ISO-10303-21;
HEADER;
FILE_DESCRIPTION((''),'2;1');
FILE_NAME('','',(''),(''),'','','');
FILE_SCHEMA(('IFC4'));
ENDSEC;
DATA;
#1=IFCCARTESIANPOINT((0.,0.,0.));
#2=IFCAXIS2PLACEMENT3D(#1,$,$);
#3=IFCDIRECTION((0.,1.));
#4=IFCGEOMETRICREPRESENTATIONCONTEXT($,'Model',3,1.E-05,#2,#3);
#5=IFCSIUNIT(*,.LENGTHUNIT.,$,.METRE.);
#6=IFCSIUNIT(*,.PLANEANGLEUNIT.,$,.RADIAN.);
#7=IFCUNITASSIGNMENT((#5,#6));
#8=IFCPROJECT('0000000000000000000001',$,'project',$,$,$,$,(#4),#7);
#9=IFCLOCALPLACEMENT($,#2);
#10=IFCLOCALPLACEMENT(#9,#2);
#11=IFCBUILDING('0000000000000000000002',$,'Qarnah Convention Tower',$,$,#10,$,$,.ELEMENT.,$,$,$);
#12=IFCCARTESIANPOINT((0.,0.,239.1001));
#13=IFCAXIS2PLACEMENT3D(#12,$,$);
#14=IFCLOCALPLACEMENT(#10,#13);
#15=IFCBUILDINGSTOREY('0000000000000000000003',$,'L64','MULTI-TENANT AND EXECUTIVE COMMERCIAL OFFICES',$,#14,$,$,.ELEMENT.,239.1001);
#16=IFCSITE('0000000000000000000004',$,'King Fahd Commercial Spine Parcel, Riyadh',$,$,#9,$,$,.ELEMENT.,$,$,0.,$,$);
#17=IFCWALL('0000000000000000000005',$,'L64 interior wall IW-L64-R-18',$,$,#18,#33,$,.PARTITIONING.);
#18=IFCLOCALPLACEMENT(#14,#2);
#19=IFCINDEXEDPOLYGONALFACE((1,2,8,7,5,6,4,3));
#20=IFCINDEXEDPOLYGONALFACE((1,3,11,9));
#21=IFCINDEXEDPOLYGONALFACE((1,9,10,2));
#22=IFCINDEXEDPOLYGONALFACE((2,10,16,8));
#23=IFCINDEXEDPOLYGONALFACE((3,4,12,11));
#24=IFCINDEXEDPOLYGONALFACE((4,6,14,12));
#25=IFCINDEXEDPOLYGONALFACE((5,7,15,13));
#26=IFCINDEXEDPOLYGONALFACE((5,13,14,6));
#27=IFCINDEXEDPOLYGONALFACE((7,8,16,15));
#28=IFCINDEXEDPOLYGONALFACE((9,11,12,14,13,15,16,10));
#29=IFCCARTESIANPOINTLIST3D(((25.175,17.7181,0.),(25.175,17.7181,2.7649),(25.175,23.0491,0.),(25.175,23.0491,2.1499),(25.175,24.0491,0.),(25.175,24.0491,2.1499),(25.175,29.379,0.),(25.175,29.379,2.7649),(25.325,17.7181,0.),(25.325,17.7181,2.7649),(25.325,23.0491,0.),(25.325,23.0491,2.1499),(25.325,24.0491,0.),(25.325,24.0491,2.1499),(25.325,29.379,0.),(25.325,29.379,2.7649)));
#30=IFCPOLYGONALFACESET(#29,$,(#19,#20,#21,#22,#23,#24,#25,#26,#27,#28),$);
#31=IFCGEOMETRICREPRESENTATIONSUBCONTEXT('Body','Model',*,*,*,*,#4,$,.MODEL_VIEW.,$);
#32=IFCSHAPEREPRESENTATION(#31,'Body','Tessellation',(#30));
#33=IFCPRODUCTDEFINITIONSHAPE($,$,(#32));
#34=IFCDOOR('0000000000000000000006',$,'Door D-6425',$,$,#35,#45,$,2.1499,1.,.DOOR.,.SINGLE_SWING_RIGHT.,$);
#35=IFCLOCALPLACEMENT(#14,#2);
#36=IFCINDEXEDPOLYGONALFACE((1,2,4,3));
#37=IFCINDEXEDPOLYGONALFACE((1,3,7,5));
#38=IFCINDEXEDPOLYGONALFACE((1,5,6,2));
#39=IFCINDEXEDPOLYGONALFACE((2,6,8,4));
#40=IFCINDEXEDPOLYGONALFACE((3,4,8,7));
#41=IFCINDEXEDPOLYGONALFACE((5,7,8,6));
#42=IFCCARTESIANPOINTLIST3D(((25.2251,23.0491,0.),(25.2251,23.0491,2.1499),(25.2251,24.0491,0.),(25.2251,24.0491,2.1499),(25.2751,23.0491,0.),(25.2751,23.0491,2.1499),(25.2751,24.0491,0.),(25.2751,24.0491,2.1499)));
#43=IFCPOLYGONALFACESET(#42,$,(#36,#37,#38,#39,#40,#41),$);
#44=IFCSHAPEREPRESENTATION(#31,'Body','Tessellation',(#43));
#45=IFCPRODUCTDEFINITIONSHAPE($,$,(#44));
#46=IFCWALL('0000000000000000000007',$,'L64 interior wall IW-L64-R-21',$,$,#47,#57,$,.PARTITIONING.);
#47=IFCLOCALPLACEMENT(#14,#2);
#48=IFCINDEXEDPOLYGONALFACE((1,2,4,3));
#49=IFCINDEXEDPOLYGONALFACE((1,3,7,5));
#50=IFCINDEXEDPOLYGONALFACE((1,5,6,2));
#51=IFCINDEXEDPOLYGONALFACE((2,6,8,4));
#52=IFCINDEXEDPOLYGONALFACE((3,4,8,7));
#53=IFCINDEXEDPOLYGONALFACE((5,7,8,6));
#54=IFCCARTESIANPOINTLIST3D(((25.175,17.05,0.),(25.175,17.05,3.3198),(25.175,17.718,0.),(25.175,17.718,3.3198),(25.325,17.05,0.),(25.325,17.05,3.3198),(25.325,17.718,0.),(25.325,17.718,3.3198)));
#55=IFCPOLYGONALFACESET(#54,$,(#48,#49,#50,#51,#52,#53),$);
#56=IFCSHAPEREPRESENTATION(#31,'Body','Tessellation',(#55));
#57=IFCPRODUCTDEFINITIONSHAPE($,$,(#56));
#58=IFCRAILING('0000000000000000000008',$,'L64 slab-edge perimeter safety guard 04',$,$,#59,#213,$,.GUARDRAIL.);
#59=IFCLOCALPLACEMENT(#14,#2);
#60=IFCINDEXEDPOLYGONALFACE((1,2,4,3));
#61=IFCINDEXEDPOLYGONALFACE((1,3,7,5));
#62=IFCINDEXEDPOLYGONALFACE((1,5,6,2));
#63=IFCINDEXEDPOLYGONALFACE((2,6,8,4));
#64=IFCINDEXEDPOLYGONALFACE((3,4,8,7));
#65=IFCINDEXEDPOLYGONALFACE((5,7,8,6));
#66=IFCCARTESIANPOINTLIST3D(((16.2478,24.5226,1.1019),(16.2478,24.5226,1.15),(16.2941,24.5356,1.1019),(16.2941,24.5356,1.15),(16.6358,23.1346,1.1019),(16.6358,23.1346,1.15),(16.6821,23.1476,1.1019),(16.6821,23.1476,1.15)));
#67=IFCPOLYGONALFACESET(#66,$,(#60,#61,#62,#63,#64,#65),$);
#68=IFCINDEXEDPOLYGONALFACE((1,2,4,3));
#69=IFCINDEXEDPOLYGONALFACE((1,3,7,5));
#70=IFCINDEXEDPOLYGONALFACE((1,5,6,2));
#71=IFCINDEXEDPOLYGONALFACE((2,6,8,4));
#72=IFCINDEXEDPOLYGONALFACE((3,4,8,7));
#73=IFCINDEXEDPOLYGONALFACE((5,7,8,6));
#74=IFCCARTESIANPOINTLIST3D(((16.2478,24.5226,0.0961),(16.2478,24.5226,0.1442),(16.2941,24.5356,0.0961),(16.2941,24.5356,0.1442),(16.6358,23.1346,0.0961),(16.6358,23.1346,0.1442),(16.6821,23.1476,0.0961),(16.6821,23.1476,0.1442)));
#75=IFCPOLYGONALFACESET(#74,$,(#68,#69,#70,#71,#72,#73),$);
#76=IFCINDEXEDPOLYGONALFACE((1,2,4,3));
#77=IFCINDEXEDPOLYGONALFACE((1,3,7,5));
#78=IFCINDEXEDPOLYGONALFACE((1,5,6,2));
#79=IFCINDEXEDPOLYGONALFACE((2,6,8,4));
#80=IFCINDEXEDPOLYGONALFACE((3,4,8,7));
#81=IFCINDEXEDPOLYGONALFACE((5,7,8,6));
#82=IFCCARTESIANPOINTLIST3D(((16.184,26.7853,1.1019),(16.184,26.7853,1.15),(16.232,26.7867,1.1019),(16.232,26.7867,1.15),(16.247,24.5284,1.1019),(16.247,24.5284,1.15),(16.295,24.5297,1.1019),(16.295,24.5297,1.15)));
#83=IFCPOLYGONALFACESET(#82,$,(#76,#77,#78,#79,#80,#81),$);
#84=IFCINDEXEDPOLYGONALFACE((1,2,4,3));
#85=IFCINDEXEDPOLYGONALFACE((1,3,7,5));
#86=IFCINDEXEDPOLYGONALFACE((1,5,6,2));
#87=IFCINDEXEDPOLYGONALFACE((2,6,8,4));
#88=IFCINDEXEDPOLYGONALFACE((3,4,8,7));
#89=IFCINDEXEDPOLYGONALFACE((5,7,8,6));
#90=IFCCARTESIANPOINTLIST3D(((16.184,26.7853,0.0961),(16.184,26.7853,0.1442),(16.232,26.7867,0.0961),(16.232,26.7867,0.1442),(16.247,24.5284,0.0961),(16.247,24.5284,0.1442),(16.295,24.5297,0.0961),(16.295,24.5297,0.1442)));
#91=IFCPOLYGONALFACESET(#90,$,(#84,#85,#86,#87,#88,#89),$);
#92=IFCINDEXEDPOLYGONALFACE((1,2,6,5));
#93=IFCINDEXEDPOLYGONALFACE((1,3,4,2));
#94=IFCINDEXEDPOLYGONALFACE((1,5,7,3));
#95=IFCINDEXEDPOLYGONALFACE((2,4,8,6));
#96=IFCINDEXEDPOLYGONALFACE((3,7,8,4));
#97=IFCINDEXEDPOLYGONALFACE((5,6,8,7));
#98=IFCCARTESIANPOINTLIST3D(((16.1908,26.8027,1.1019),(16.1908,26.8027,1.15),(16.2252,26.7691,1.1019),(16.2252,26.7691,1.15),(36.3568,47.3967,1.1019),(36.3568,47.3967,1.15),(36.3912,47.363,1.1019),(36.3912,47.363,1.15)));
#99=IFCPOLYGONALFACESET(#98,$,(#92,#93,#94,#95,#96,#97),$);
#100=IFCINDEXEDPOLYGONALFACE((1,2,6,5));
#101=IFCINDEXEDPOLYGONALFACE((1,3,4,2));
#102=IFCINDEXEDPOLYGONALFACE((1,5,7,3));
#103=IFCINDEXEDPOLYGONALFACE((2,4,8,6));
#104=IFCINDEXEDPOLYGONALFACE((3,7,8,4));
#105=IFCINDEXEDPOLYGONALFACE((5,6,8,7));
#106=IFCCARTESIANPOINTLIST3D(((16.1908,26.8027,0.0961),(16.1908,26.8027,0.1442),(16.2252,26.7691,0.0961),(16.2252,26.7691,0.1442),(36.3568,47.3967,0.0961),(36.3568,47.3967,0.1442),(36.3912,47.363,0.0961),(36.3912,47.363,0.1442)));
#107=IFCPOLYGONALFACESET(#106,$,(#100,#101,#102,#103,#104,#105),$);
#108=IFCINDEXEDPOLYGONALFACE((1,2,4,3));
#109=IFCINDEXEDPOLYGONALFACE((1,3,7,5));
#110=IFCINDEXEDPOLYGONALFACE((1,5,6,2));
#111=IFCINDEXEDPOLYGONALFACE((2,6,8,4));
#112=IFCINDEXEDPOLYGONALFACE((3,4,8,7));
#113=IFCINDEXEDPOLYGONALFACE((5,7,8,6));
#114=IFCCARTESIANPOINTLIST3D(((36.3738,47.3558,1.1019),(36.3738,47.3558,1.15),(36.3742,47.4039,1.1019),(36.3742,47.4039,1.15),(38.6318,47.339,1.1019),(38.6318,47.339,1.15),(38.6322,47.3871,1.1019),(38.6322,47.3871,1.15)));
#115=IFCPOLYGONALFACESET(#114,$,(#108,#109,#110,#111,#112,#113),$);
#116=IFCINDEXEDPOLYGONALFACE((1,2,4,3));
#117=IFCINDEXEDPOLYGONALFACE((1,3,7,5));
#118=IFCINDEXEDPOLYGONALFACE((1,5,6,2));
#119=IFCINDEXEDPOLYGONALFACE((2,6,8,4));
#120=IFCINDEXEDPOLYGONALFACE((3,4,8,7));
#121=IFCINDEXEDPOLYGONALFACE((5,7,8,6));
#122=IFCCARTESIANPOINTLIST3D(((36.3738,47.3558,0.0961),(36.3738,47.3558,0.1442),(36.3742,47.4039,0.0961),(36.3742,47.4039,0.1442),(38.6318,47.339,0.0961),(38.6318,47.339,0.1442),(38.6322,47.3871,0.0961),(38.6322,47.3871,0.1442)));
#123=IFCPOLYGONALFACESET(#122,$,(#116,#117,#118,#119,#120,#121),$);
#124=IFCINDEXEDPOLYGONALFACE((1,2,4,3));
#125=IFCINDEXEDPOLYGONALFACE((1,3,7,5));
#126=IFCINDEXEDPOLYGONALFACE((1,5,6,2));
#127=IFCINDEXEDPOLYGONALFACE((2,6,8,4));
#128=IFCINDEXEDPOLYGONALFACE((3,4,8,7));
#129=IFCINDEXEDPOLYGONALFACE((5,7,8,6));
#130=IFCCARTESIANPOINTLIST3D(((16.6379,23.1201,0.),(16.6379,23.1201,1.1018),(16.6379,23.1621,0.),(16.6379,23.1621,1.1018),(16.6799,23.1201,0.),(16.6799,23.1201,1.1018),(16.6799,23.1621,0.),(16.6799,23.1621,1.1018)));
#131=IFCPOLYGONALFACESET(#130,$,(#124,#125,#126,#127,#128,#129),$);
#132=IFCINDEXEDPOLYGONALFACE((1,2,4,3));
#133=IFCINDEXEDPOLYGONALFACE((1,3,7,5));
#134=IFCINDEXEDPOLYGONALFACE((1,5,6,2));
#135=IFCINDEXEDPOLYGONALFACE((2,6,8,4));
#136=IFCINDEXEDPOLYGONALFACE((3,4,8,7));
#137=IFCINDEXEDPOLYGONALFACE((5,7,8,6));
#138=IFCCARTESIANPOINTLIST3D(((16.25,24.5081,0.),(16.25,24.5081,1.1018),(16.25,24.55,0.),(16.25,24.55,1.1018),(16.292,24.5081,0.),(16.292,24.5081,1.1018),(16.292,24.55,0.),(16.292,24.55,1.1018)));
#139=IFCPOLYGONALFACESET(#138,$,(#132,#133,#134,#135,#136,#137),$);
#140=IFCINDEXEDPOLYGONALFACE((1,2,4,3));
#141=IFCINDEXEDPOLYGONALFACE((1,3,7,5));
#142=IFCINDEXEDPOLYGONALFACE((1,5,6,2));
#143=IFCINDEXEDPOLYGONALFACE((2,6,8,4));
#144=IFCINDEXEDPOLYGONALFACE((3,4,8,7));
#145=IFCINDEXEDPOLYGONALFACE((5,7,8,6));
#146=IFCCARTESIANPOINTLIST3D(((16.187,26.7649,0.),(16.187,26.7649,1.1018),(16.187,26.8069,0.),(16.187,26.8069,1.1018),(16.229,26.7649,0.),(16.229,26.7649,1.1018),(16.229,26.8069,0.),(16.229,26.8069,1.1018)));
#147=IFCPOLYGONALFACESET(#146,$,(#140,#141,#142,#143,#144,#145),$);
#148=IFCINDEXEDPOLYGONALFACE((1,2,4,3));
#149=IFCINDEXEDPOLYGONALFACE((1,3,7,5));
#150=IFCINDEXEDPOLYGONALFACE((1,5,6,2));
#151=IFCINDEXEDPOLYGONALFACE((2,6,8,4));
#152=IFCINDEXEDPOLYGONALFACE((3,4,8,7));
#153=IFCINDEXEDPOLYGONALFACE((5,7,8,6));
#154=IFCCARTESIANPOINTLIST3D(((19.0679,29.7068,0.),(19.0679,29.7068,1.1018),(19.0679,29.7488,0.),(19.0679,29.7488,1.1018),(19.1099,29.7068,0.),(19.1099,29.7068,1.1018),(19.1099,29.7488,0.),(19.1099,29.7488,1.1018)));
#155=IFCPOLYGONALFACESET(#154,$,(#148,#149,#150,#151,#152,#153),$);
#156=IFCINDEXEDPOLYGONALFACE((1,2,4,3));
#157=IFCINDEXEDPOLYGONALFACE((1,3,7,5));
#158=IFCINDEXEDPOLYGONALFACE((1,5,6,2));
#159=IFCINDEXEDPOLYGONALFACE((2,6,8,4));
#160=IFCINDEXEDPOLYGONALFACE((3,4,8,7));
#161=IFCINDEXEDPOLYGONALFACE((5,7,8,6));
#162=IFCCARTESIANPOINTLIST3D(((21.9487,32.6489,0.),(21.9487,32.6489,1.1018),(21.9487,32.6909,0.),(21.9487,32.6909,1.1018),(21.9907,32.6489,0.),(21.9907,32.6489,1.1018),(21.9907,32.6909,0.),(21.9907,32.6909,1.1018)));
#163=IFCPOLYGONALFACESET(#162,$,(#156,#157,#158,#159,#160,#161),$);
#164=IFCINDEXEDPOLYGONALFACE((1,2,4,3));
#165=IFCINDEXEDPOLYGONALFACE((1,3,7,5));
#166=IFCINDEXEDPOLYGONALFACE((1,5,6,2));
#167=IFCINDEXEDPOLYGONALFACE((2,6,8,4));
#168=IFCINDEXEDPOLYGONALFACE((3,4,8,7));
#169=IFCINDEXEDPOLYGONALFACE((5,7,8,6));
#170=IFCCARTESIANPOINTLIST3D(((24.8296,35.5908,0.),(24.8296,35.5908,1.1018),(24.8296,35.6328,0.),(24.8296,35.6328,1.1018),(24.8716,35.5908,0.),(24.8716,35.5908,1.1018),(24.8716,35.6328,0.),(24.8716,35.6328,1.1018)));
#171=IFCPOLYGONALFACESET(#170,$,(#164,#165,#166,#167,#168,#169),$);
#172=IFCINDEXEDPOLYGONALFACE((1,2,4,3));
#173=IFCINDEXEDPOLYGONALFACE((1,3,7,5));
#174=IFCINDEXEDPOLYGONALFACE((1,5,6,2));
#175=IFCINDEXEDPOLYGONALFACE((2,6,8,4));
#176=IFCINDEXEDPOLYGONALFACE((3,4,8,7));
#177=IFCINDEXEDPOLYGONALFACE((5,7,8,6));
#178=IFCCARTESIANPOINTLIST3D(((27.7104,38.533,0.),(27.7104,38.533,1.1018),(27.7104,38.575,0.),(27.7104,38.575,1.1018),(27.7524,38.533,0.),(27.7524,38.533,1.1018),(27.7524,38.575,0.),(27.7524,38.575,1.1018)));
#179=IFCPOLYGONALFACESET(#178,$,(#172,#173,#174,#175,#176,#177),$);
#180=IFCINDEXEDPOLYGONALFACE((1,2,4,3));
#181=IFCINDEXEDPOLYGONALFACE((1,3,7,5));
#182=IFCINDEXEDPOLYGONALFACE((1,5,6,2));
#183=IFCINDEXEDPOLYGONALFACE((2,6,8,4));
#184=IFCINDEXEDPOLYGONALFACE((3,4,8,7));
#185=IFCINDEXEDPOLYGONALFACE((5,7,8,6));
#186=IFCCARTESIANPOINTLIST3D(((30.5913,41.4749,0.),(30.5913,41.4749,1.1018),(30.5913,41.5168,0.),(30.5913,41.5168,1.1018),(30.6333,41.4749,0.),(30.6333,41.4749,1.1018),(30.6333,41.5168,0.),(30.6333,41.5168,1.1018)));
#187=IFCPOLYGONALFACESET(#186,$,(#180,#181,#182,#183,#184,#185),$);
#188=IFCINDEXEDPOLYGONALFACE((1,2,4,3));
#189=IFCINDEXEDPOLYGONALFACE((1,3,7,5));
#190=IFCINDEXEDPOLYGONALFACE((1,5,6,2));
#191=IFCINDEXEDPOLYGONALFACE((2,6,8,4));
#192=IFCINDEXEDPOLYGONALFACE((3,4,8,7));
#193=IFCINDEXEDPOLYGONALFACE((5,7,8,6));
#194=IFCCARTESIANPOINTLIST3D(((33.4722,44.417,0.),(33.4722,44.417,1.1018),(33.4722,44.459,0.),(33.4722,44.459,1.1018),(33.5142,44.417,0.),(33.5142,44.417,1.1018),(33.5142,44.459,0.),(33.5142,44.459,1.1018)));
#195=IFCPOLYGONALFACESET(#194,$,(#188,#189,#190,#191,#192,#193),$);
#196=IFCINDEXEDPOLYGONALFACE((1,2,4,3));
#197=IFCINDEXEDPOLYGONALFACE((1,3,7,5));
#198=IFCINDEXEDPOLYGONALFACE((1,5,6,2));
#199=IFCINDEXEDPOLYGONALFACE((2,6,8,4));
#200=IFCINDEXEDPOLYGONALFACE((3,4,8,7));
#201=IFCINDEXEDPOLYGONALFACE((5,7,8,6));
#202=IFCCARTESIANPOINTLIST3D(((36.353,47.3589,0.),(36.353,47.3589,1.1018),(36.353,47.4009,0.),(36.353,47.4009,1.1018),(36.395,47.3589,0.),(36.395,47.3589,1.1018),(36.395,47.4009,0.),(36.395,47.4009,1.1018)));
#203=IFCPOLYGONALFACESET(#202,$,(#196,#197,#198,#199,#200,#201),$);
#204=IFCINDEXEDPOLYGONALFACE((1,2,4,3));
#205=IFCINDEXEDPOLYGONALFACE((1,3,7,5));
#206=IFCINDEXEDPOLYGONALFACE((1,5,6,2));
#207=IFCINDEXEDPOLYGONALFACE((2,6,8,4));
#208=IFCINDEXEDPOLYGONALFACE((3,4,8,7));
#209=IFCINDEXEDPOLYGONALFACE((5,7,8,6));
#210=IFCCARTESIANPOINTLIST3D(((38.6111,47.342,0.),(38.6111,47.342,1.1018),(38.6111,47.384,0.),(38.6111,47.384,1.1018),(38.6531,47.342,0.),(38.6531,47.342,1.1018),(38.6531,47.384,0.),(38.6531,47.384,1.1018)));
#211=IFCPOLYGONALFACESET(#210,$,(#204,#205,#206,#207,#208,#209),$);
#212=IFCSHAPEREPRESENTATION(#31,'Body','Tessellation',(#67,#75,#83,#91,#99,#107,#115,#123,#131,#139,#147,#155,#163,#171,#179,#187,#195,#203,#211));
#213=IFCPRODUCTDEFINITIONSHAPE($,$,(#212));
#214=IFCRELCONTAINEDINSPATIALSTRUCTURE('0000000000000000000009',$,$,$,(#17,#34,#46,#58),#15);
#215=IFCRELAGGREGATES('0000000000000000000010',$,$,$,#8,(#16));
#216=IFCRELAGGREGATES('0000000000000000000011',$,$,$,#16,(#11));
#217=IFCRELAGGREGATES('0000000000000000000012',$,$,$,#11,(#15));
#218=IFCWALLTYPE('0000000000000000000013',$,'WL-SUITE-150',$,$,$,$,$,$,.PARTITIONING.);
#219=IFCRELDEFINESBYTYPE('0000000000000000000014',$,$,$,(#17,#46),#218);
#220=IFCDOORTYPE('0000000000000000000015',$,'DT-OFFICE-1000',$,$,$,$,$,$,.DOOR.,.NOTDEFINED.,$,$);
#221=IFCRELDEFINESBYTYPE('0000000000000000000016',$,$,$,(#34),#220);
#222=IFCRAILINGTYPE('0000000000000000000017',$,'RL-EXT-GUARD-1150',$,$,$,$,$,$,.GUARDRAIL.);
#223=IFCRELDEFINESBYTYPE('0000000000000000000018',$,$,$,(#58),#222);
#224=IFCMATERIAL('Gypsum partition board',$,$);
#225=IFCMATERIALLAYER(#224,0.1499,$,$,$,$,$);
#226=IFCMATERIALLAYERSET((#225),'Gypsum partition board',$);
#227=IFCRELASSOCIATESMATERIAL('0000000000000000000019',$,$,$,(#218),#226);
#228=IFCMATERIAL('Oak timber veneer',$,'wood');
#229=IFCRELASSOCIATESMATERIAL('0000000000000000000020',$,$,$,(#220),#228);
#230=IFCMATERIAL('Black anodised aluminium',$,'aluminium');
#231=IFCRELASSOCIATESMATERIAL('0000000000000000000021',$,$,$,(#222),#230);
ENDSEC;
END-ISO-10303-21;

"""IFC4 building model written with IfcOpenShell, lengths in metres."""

from ifc_helpers import new_model, si_unit, direction, frame, frame_2d, origin, origin_2d, place, context, subcontext, project, spatial, rectangle, extrude, material, layer, layer_set, type_object, element, fill, save


model = new_model("IFC4")

# Units and contexts
model_context = context("Model", 3, precision=1e-05, world=origin(), true_north=direction((0.0, 1.0)))
body_context = subcontext(model_context, "Body", "Model", "MODEL_VIEW")
ifc_project = project(units=[si_unit("LENGTHUNIT", "METRE"), si_unit("PLANEANGLEUNIT", "RADIAN")], contexts=[model_context])

# Site, building, storey
site_placement = place(None, origin())
site = spatial("IfcSite", under=ifc_project, at=site_placement, Name="King Fahd Commercial Spine Parcel, Riyadh", CompositionType="ELEMENT", RefElevation=0.0)
building_placement = place(site_placement, origin())
building = spatial("IfcBuilding", under=site, at=building_placement, Name="Qarnah Convention Tower", CompositionType="ELEMENT")
storey_placement = place(building_placement, frame((0.0, 0.0, 239.1001)))
storey = spatial("IfcBuildingStorey", under=building, at=storey_placement, Name="L64", Description="MULTI-TENANT AND EXECUTIVE COMMERCIAL OFFICES", CompositionType="ELEMENT", Elevation=239.1001)

# Shared definitions
ifc_material_1 = material(Name="Black anodised aluminium", Category="aluminium")

# Shared definitions
ifc_material_2 = material(Name="Gypsum partition board")
ifc_layer_1 = layer(ifc_material_2, 0.1499)
ifc_layer_set_1 = layer_set([ifc_layer_1], Name="Gypsum partition board")
wall_type_1 = type_object("IfcWallType", Name="WL-SUITE-150", PredefinedType="PARTITIONING", material=ifc_layer_set_1)

# Wall, opening, door
wall_1_placement = place(storey_placement, frame((25.25, 17.718, 0.0), z_axis=(0.0, 0.0, 1.0), x_axis=(0.0, 1.0, 0.0)))
wall_1 = element("IfcWall", 1, at=wall_1_placement, inside=storey, type_object=wall_type_1, Name="L64 interior wall IW-L64-R-18", PredefinedType="PARTITIONING", context=body_context, shape_type="SweptSolid", body=[
    extrude(rectangle(XDim=11.6609, YDim=0.1499, at=frame_2d((5.8306, 0.0))), origin(), (0.0, 0.0, 1.0), 2.7649),
])
opening_1_placement = place(wall_1_placement, frame((5.3311, 0.0, 0.0)))
opening_1 = element("IfcOpeningElement", 2, at=opening_1_placement, cuts=wall_1, PredefinedType="OPENING", context=body_context, shape_type="SweptSolid", body=[
    extrude(rectangle(XDim=1.0, YDim=2.1499, at=frame_2d((0.5, 1.075))), frame((0.0, 0.085, 0.0), z_axis=(0.0, -1.0, 0.0), x_axis=(1.0, 0.0, 0.0)), (0.0, 0.0, 1.0), 0.1699),
])
ifc_material_3 = material(Name="Oak timber veneer", Category="wood")
door_type_1 = type_object("IfcDoorType", Name="DT-OFFICE-1000", OperationType="NOTDEFINED", PredefinedType="DOOR", material=ifc_material_3)
door_1_placement = place(opening_1_placement, origin())
door_1 = element("IfcDoor", 3, at=door_1_placement, inside=storey, type_object=door_type_1, Name="Door D-6425", OperationType="SINGLE_SWING_RIGHT", OverallHeight=2.1499, OverallWidth=1.0, PredefinedType="DOOR", context=body_context, shape_type="SweptSolid", body=[
    extrude(rectangle(XDim=1.0, YDim=2.1499, at=frame_2d((0.5, 1.075))), frame((0.0, 0.0249, 0.0), z_axis=(0.0, -1.0, 0.0), x_axis=(1.0, 0.0, 0.0)), (0.0, 0.0, 1.0), 0.05),
])
fill(opening_1, door_1)

# Wall
wall_2_placement = place(storey_placement, frame((25.25, 17.05, 0.0), z_axis=(0.0, 0.0, 1.0), x_axis=(0.0, 1.0, 0.0)))
element("IfcWall", 4, at=wall_2_placement, inside=storey, type_object=wall_type_1, Name="L64 interior wall IW-L64-R-21", PredefinedType="PARTITIONING", context=body_context, shape_type="SweptSolid", body=[
    extrude(rectangle(XDim=0.668, YDim=0.1499, at=frame_2d((0.334, 0.0))), origin(), (0.0, 0.0, 1.0), 3.3198),
])

# Railing
railing_type = type_object("IfcRailingType", Name="RL-EXT-GUARD-1150", PredefinedType="GUARDRAIL", material=ifc_material_1)
railing_1_placement = place(storey_placement, frame((16.6589, 23.1411, 0.0)))
element("IfcRailing", 5, at=railing_1_placement, inside=storey, type_object=railing_type, Name="L64 slab-edge perimeter safety guard 04", PredefinedType="GUARDRAIL", context=body_context, shape_type="SweptSolid", body=[
    extrude(rectangle(XDim=0.0481, YDim=0.0481, at=origin_2d()), frame((0.0, 0.0, 1.126), z_axis=(-0.26919, 0.963087, 0.0), x_axis=(-0.963087, -0.26919, 0.0)), (0.0, 0.0, 1.0), 1.4412),
    extrude(rectangle(XDim=0.0481, YDim=0.0481, at=origin_2d()), frame((0.0, 0.0, 0.1201), z_axis=(-0.26919, 0.963087, 0.0), x_axis=(-0.963087, -0.26919, 0.0)), (0.0, 0.0, 1.0), 1.4412),
    extrude(rectangle(XDim=0.0481, YDim=0.0481, at=origin_2d()), frame((-0.3879, 1.3879, 1.126), z_axis=(-0.027899, 0.999611, 0.0), x_axis=(-0.999611, -0.027899, 0.0)), (0.0, 0.0, 1.0), 2.2578),
    extrude(rectangle(XDim=0.0481, YDim=0.0481, at=origin_2d()), frame((-0.3879, 1.3879, 0.1201), z_axis=(-0.027899, 0.999611, 0.0), x_axis=(-0.999611, -0.027899, 0.0)), (0.0, 0.0, 1.0), 2.2578),
    extrude(rectangle(XDim=0.0481, YDim=0.0481, at=origin_2d()), frame((-0.4509, 3.6448, 1.126), z_axis=(0.699644, 0.714492, 0.0), x_axis=(-0.714492, 0.699644, 0.0)), (0.0, 0.0, 1.0), 28.8232),
    extrude(rectangle(XDim=0.0481, YDim=0.0481, at=origin_2d()), frame((-0.4509, 3.6448, 0.1201), z_axis=(0.699644, 0.714492, 0.0), x_axis=(-0.714492, 0.699644, 0.0)), (0.0, 0.0, 1.0), 28.8232),
    extrude(rectangle(XDim=0.0481, YDim=0.0481, at=origin_2d()), frame((19.7151, 24.2388, 1.126), z_axis=(0.999972, -0.00746, 0.0), x_axis=(0.00746, 0.999972, 0.0)), (0.0, 0.0, 1.0), 2.2581),
    extrude(rectangle(XDim=0.0481, YDim=0.0481, at=origin_2d()), frame((19.7151, 24.2388, 0.1201), z_axis=(0.999972, -0.00746, 0.0), x_axis=(0.00746, 0.999972, 0.0)), (0.0, 0.0, 1.0), 2.2581),
    extrude(rectangle(XDim=0.042, YDim=0.042, at=origin_2d()), origin(), (0.0, 0.0, 1.0), 1.1018),
    extrude(rectangle(XDim=0.042, YDim=0.042, at=origin_2d()), frame((-0.3879, 1.3879, 0.0)), (0.0, 0.0, 1.0), 1.1018),
    extrude(rectangle(XDim=0.042, YDim=0.042, at=origin_2d()), frame((-0.4509, 3.6448, 0.0)), (0.0, 0.0, 1.0), 1.1018),
    extrude(rectangle(XDim=0.042, YDim=0.042, at=origin_2d()), frame((2.4299, 6.5867, 0.0)), (0.0, 0.0, 1.0), 1.1018),
    extrude(rectangle(XDim=0.042, YDim=0.042, at=origin_2d()), frame((5.3108, 9.5288, 0.0)), (0.0, 0.0, 1.0), 1.1018),
    extrude(rectangle(XDim=0.042, YDim=0.042, at=origin_2d()), frame((8.1917, 12.4707, 0.0)), (0.0, 0.0, 1.0), 1.1018),
    extrude(rectangle(XDim=0.042, YDim=0.042, at=origin_2d()), frame((11.0725, 15.4128, 0.0)), (0.0, 0.0, 1.0), 1.1018),
    extrude(rectangle(XDim=0.042, YDim=0.042, at=origin_2d()), frame((13.9534, 18.3547, 0.0)), (0.0, 0.0, 1.0), 1.1018),
    extrude(rectangle(XDim=0.042, YDim=0.042, at=origin_2d()), frame((16.8342, 21.2969, 0.0)), (0.0, 0.0, 1.0), 1.1018),
    extrude(rectangle(XDim=0.042, YDim=0.042, at=origin_2d()), frame((19.7151, 24.2388, 0.0)), (0.0, 0.0, 1.0), 1.1018),
    extrude(rectangle(XDim=0.042, YDim=0.042, at=origin_2d()), frame((21.9731, 24.2219, 0.0)), (0.0, 0.0, 1.0), 1.1018),
])

save(model, "model.ifc")
